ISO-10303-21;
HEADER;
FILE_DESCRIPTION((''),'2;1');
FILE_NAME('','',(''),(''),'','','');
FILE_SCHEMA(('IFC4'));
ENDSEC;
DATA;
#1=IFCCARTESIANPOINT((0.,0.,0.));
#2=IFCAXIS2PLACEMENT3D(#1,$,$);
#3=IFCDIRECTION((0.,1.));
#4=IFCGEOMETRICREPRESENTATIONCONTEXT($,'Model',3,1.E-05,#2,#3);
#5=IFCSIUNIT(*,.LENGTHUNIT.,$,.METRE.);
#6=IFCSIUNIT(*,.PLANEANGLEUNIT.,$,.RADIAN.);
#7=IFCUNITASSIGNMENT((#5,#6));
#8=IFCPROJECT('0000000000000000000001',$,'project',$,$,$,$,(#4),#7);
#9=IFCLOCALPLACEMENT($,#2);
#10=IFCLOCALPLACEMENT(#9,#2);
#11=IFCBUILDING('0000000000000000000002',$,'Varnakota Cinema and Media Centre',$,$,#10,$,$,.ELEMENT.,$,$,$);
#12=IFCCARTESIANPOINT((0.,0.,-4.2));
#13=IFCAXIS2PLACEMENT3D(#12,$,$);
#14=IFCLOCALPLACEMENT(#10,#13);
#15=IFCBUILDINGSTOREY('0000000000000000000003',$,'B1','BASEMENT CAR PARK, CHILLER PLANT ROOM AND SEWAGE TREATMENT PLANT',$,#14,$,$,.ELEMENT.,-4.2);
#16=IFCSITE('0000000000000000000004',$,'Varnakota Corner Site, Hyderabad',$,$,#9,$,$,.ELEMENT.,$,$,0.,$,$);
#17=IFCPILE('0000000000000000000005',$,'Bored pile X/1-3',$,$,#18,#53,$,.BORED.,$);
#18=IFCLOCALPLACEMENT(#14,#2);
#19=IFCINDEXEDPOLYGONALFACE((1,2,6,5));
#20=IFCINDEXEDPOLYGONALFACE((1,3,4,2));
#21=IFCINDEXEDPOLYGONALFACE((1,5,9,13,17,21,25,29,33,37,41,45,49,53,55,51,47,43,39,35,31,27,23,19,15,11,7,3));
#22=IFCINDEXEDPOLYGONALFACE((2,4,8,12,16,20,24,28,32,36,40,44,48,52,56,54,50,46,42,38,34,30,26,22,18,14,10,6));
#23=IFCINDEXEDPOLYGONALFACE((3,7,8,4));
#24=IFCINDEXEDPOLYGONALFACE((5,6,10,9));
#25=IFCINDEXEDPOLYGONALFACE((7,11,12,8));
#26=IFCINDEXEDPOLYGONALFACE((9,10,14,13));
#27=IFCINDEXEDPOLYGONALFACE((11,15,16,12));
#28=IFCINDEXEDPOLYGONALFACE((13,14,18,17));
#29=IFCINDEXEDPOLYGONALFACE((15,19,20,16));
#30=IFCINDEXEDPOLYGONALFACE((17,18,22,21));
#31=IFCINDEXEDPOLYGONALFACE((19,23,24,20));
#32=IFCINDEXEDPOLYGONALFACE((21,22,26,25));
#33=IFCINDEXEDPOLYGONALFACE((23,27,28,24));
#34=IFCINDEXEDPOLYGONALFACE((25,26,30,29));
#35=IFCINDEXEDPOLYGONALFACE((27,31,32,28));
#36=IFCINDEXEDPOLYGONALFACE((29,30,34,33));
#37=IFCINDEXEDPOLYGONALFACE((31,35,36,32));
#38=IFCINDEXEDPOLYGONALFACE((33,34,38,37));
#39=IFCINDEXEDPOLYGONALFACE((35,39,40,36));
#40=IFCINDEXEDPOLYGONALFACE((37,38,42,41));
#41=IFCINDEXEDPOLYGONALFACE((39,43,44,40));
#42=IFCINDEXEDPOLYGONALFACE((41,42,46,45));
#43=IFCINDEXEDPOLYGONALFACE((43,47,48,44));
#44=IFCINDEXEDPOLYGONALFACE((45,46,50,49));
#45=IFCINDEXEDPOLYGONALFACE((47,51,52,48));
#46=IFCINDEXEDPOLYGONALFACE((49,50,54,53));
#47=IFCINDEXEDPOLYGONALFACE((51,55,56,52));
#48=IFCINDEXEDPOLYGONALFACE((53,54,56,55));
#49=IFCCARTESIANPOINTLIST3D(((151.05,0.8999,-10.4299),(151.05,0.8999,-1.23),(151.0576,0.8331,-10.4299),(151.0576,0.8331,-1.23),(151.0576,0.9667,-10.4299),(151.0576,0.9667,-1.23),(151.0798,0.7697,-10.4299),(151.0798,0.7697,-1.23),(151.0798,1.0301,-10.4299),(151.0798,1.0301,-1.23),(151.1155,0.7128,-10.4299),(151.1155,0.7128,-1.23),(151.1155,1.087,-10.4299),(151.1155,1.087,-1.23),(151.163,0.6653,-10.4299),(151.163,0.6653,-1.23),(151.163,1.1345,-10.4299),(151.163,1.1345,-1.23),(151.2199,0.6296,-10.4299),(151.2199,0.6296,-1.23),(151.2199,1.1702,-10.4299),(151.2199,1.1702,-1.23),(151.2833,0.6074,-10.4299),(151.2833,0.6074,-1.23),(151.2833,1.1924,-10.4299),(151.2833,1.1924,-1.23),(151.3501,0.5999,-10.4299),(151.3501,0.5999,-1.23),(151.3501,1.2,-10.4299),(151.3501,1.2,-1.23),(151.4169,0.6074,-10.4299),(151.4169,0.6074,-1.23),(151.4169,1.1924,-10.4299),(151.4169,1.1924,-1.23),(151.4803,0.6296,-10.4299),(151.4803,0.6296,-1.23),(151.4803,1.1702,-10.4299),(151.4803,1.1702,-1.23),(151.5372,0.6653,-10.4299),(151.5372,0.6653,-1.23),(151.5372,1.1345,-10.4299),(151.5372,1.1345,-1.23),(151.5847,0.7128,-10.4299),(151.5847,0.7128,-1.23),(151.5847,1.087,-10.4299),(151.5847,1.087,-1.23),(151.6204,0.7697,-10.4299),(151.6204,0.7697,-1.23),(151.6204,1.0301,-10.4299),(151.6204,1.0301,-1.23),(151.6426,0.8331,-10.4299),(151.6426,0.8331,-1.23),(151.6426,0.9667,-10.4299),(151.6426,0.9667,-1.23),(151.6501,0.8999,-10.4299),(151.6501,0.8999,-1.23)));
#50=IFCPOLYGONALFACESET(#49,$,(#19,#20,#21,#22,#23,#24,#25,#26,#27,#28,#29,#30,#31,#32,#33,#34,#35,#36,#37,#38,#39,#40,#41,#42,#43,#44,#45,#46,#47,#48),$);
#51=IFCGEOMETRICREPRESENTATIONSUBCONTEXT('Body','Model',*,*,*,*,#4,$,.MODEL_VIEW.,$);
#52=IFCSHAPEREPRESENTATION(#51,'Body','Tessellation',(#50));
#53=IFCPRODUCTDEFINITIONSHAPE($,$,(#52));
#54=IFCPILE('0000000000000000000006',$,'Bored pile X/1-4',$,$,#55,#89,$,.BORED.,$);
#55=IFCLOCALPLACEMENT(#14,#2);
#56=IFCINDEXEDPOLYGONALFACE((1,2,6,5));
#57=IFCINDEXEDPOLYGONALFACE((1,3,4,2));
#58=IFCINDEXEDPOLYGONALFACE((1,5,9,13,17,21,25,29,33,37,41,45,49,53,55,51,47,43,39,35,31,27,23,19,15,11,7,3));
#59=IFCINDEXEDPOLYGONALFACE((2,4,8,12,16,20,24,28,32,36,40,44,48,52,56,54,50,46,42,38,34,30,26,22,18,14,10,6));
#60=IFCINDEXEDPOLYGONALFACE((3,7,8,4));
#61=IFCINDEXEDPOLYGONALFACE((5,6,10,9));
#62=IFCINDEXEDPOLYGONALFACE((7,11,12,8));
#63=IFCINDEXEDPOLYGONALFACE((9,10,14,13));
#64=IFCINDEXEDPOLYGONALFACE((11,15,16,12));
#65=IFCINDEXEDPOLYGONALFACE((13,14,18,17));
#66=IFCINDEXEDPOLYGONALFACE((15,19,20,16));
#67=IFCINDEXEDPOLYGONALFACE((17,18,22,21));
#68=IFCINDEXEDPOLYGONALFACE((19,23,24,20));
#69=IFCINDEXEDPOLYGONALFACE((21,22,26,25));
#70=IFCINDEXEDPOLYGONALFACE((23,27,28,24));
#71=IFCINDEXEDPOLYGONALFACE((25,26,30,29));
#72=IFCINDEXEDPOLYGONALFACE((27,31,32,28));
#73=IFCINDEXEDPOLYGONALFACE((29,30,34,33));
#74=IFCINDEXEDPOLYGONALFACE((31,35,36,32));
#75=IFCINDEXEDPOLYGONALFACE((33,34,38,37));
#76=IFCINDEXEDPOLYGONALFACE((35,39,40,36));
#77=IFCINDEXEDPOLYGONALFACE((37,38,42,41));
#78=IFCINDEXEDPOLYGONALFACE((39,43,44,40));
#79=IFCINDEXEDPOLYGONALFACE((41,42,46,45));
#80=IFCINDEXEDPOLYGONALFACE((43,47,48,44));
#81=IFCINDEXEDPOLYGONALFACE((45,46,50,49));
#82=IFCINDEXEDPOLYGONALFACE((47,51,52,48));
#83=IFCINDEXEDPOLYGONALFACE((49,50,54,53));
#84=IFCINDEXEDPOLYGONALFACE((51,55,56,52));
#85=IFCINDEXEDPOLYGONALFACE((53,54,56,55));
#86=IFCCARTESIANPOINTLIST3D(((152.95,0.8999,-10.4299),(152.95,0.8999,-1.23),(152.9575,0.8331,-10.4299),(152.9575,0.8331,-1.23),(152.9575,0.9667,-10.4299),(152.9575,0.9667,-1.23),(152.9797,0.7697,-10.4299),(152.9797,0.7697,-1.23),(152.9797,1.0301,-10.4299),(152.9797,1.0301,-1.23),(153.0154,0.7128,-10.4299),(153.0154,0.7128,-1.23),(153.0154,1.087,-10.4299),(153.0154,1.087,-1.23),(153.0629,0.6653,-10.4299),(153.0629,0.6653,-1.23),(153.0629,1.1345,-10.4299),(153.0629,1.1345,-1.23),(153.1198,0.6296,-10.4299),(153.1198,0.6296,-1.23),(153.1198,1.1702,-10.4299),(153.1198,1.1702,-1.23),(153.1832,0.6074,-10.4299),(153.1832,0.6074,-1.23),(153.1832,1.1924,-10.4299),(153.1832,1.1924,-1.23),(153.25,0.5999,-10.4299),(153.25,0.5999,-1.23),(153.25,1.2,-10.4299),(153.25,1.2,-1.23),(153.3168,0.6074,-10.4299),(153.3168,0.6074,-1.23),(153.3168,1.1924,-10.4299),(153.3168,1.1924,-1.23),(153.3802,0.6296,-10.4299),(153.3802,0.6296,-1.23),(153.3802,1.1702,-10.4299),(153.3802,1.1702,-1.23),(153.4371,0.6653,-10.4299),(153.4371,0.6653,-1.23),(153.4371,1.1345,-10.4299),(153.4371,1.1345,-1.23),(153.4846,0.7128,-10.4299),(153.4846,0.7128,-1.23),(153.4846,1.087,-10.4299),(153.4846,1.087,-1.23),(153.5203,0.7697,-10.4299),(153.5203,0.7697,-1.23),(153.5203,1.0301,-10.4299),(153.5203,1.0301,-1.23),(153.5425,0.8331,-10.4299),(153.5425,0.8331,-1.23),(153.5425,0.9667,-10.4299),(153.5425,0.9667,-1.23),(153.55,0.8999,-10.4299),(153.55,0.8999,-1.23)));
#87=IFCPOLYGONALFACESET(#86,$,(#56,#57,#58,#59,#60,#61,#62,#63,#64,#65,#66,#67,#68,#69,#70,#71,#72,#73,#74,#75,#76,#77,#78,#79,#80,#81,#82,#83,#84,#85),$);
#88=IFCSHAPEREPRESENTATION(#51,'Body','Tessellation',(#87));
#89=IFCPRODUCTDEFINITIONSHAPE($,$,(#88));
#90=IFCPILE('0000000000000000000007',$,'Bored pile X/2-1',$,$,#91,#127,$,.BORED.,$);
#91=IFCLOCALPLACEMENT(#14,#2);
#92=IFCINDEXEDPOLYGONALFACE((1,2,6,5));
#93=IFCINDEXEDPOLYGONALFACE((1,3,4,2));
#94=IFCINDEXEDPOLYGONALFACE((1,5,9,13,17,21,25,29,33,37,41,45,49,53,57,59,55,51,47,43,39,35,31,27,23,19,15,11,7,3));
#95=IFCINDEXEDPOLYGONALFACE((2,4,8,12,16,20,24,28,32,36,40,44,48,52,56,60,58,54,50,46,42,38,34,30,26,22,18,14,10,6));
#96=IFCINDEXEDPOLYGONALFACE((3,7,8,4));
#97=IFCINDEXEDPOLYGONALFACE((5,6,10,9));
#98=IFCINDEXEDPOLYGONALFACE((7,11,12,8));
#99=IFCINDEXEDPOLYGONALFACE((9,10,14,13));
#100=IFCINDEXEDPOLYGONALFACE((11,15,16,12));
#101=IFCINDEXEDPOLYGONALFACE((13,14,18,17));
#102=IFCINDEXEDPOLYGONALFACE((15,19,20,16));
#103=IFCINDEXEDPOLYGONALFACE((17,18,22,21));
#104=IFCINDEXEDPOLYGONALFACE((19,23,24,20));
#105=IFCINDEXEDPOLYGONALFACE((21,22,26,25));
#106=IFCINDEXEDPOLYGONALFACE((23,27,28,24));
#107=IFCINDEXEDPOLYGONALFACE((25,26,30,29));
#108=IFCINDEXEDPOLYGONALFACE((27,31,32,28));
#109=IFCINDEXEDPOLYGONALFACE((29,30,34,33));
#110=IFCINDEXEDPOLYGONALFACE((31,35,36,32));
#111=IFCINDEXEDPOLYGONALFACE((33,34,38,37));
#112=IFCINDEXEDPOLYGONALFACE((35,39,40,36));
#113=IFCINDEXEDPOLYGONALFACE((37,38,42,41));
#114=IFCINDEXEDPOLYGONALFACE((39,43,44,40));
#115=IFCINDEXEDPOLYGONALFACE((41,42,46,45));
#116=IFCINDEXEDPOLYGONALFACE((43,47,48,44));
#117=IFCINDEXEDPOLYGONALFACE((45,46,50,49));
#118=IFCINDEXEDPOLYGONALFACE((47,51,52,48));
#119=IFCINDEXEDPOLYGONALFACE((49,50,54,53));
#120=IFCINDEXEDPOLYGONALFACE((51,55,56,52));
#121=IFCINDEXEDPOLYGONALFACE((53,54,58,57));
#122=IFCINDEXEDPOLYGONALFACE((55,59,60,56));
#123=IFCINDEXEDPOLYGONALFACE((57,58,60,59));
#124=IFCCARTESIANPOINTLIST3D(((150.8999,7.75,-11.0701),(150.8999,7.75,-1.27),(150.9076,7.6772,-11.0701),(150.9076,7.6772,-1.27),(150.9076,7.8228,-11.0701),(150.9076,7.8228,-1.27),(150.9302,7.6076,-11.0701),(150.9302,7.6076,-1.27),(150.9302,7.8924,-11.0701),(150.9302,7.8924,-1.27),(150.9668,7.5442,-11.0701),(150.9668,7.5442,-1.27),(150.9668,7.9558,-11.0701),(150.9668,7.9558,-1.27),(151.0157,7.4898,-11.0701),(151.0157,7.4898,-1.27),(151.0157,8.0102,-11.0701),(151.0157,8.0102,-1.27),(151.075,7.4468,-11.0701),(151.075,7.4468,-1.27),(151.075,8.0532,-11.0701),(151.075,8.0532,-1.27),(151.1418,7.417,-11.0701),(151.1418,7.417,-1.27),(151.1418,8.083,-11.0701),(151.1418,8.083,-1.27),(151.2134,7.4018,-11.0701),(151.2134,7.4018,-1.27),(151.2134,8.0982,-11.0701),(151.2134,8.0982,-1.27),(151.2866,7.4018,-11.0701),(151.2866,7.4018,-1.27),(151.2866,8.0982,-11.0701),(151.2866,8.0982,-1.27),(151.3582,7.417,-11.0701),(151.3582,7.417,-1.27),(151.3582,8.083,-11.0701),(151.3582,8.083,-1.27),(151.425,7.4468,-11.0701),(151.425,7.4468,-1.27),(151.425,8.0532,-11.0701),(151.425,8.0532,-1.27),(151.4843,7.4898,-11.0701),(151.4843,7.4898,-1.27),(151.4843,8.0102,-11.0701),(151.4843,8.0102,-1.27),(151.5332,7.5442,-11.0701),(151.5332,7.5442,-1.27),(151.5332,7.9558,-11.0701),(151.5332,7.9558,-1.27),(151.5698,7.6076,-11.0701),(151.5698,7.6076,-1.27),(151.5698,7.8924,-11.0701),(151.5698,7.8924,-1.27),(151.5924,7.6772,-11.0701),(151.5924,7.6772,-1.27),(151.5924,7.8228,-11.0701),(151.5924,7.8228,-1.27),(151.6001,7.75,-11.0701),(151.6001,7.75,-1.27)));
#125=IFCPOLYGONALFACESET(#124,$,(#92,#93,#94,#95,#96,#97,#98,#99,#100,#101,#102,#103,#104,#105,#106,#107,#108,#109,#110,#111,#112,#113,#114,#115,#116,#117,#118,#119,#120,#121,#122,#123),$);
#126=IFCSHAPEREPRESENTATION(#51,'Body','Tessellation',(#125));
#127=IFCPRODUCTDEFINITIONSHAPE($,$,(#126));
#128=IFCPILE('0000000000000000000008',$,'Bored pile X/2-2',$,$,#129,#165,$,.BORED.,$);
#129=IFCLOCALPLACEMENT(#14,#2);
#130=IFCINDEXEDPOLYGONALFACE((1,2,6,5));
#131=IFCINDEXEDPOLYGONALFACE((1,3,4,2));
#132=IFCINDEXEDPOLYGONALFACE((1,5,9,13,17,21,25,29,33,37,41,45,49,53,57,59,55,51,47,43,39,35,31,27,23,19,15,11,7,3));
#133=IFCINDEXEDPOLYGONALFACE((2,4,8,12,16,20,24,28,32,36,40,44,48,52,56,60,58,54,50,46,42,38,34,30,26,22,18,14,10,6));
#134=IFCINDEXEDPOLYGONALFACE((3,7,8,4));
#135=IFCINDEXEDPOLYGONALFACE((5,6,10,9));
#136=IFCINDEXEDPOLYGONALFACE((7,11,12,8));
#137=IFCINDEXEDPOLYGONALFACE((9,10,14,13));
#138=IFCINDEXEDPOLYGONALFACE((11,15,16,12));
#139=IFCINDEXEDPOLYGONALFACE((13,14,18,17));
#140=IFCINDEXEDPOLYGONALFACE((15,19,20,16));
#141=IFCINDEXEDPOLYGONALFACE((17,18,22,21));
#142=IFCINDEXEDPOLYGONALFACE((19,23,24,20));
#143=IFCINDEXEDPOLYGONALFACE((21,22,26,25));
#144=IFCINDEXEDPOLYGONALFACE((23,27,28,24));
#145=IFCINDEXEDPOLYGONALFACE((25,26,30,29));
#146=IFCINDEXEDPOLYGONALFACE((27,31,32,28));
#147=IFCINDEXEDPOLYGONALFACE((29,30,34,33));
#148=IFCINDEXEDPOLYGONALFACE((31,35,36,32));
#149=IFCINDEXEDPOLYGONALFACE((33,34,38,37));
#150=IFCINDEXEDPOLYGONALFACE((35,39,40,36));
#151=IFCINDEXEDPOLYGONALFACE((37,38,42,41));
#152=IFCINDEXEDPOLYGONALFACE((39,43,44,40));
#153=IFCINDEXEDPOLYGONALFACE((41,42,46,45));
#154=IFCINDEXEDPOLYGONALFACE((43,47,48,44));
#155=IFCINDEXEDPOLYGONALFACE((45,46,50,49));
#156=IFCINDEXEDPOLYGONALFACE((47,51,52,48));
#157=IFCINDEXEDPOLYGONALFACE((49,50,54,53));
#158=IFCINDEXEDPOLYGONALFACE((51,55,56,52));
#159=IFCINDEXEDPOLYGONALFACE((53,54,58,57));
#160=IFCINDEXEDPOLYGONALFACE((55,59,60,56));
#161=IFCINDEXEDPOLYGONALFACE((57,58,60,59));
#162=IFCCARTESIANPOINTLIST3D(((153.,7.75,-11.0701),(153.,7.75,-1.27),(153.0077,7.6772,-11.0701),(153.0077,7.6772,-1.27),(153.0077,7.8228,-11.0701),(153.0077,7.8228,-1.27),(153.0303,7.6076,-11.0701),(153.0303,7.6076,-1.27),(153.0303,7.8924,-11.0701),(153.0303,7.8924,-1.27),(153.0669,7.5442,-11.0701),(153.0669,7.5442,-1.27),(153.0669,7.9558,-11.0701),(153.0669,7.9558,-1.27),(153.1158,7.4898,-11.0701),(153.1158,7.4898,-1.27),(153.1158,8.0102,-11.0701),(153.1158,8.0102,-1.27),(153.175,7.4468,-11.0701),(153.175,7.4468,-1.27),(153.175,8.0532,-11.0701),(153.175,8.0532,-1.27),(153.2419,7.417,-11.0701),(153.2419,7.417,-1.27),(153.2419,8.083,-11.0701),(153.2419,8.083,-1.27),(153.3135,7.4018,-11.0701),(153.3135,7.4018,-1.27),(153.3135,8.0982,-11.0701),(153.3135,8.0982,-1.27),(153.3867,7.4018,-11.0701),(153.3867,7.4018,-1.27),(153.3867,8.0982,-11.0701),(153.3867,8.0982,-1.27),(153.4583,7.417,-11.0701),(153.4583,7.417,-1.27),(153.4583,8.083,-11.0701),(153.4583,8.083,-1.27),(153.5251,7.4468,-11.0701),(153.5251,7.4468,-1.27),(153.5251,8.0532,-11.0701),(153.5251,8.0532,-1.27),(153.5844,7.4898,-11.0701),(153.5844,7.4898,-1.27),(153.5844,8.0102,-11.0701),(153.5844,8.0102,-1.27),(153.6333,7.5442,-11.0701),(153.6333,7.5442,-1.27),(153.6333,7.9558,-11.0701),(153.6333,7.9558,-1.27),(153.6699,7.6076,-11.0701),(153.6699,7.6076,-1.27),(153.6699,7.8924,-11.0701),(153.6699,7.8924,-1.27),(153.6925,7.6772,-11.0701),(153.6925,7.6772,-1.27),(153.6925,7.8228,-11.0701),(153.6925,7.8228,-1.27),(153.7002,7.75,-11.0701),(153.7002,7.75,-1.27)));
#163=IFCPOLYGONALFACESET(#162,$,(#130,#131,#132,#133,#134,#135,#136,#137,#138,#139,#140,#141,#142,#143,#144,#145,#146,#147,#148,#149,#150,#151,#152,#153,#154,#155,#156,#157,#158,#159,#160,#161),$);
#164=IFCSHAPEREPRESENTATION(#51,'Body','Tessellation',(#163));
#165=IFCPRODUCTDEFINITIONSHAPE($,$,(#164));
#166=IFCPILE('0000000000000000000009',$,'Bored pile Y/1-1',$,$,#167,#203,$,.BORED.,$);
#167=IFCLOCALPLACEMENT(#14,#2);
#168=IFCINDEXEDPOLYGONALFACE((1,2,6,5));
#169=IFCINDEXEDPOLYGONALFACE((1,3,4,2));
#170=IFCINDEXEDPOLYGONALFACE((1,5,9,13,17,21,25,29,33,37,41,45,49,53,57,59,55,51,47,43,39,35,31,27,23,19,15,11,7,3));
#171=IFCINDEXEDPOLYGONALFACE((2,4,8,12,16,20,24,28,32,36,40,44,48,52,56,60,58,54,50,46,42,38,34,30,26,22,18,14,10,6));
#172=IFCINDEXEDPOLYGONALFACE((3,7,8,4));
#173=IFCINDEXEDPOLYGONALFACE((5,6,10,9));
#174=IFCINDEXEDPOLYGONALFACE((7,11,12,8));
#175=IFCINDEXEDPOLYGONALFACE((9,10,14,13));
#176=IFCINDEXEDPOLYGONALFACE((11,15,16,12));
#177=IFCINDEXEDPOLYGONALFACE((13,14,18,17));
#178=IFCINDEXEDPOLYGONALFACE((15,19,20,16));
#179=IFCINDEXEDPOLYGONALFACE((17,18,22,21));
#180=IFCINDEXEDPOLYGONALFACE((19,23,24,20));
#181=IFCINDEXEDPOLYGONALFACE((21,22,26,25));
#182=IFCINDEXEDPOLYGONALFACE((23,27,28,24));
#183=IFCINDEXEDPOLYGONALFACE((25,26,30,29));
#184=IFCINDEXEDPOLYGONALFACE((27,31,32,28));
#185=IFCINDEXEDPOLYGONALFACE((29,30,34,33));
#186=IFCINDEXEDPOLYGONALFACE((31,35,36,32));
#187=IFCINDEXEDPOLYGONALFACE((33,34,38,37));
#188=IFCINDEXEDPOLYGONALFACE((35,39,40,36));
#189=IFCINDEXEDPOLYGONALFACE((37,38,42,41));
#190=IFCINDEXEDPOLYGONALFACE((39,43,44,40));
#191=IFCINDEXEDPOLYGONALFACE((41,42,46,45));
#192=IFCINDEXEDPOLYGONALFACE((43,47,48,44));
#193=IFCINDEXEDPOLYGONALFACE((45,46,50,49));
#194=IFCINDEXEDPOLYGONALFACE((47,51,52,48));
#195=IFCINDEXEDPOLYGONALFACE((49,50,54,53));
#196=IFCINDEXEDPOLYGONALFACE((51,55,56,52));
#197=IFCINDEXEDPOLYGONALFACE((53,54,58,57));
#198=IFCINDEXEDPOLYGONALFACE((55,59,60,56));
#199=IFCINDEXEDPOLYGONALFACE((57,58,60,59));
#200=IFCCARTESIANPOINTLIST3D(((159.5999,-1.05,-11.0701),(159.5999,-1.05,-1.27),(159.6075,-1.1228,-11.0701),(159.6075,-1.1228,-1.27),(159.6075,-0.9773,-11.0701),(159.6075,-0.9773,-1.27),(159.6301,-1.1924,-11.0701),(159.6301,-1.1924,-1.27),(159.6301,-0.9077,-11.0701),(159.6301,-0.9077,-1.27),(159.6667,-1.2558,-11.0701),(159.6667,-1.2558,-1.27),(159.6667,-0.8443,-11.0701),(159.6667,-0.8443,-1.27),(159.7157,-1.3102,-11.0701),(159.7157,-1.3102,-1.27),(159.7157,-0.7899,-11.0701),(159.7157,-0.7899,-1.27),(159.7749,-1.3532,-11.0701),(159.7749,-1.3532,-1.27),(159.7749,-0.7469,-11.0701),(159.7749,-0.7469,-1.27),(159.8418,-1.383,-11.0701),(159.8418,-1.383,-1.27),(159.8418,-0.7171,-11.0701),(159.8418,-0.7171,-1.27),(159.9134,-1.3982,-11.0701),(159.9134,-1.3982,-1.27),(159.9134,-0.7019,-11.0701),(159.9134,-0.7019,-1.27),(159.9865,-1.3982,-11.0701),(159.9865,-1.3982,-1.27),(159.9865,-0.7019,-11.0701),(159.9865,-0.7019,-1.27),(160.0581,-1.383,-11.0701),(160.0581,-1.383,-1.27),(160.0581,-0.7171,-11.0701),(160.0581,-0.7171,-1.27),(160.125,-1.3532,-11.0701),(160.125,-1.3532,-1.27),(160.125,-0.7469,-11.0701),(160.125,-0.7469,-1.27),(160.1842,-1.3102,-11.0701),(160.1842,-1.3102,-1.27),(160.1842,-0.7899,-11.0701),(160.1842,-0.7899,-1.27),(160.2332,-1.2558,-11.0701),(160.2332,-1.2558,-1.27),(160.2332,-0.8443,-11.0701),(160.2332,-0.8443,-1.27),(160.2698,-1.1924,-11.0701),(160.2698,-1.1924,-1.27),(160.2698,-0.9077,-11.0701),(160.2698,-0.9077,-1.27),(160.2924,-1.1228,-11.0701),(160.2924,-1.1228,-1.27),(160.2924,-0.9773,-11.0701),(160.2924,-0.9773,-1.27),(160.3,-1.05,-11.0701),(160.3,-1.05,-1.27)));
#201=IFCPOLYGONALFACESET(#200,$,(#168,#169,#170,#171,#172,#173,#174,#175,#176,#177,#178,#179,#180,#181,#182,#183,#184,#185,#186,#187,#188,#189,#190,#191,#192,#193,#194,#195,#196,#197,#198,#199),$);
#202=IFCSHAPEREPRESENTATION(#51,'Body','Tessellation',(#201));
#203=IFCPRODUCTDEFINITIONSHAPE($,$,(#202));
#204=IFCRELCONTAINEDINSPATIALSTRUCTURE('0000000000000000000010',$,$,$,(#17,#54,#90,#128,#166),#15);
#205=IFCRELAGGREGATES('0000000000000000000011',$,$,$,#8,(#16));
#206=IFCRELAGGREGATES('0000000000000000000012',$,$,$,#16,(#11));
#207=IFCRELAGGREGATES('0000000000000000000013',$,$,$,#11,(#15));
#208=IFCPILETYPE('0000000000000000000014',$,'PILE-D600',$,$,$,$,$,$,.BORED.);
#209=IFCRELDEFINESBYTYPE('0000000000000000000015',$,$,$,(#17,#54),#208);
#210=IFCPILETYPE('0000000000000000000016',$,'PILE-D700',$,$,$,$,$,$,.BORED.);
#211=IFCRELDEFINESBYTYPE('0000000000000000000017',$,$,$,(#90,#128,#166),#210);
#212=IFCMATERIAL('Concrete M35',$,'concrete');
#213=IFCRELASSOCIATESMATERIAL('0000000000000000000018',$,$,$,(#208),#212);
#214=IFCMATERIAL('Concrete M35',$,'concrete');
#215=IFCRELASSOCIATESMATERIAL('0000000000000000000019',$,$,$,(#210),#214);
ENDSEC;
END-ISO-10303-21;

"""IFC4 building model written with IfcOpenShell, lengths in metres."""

from ifc_helpers import new_model, si_unit, direction, frame, origin, origin_2d, place, context, subcontext, project, spatial, circle, extrude, material, material_profile, profile_set, type_object, element, save


model = new_model("IFC4")

# Units and contexts
model_context = context("Model", 3, precision=1e-05, world=origin(), true_north=direction((0.0, 1.0)))
body_context = subcontext(model_context, "Body", "Model", "MODEL_VIEW")
ifc_project = project(units=[si_unit("LENGTHUNIT", "METRE"), si_unit("PLANEANGLEUNIT", "RADIAN")], contexts=[model_context])

# Site, building, storey
site_placement = place(None, origin())
site = spatial("IfcSite", under=ifc_project, at=site_placement, Name="Varnakota Corner Site, Hyderabad", CompositionType="ELEMENT", RefElevation=0.0)
building_placement = place(site_placement, origin())
building = spatial("IfcBuilding", under=site, at=building_placement, Name="Varnakota Cinema and Media Centre", CompositionType="ELEMENT")
storey_placement = place(building_placement, frame((0.0, 0.0, -4.2)))
storey = spatial("IfcBuildingStorey", under=building, at=storey_placement, Name="B1", Description="BASEMENT CAR PARK, CHILLER PLANT ROOM AND SEWAGE TREATMENT PLANT", CompositionType="ELEMENT", Elevation=-4.2)

# Piles
ifc_material_1 = material(Name="Concrete M35", Category="concrete")
ifc_material_profile_1 = material_profile(ifc_material_1, circle(Radius=0.3, at=origin_2d()), Name="PILE D600")
ifc_profile_set_1 = profile_set([ifc_material_profile_1], Name="Concrete M35")
pile_type_1 = type_object("IfcPileType", Name="PILE-D600", PredefinedType="BORED", material=ifc_profile_set_1)
for number, where, z_axis, x_axis, name in (
    (1, (151.3501, 0.8999, -1.23), (0.0, 0.0, -1.0), (1.0, 0.0, 0.0), "Bored pile X/1-3"),
    (2, (153.25, 0.8999, -1.23), (0.0, 0.0, -1.0), (1.0, 0.0, 0.0), "Bored pile X/1-4"),
):
    element("IfcPile", number, at=place(storey_placement, frame(where, z_axis=z_axis, x_axis=x_axis)), inside=storey, type_object=pile_type_1, Name=name, PredefinedType="BORED", context=body_context, shape_type="SweptSolid", body=[
        extrude(circle(Radius=0.3, at=origin_2d()), origin(), (0.0, 0.0, 1.0), 9.2),
    ])
ifc_material_2 = material(Name="Concrete M35", Category="concrete")
ifc_material_profile_2 = material_profile(ifc_material_2, circle(Radius=0.3501, at=origin_2d()), Name="PILE D700")
ifc_profile_set_2 = profile_set([ifc_material_profile_2], Name="Concrete M35")
pile_type_2 = type_object("IfcPileType", Name="PILE-D700", PredefinedType="BORED", material=ifc_profile_set_2)
for number, where, z_axis, x_axis, name in (
    (3, (151.25, 7.75, -1.27), (0.0, 0.0, -1.0), (1.0, 0.0, 0.0), "Bored pile X/2-1"),
    (4, (153.3501, 7.75, -1.27), (0.0, 0.0, -1.0), (1.0, 0.0, 0.0), "Bored pile X/2-2"),
    (5, (159.95, -1.05, -1.27), (0.0, 0.0, -1.0), (1.0, 0.0, 0.0), "Bored pile Y/1-1"),
):
    element("IfcPile", number, at=place(storey_placement, frame(where, z_axis=z_axis, x_axis=x_axis)), inside=storey, type_object=pile_type_2, Name=name, PredefinedType="BORED", context=body_context, shape_type="SweptSolid", body=[
        extrude(circle(Radius=0.3501, at=origin_2d()), origin(), (0.0, 0.0, 1.0), 9.8),
    ])

save(model, "model.ifc")
